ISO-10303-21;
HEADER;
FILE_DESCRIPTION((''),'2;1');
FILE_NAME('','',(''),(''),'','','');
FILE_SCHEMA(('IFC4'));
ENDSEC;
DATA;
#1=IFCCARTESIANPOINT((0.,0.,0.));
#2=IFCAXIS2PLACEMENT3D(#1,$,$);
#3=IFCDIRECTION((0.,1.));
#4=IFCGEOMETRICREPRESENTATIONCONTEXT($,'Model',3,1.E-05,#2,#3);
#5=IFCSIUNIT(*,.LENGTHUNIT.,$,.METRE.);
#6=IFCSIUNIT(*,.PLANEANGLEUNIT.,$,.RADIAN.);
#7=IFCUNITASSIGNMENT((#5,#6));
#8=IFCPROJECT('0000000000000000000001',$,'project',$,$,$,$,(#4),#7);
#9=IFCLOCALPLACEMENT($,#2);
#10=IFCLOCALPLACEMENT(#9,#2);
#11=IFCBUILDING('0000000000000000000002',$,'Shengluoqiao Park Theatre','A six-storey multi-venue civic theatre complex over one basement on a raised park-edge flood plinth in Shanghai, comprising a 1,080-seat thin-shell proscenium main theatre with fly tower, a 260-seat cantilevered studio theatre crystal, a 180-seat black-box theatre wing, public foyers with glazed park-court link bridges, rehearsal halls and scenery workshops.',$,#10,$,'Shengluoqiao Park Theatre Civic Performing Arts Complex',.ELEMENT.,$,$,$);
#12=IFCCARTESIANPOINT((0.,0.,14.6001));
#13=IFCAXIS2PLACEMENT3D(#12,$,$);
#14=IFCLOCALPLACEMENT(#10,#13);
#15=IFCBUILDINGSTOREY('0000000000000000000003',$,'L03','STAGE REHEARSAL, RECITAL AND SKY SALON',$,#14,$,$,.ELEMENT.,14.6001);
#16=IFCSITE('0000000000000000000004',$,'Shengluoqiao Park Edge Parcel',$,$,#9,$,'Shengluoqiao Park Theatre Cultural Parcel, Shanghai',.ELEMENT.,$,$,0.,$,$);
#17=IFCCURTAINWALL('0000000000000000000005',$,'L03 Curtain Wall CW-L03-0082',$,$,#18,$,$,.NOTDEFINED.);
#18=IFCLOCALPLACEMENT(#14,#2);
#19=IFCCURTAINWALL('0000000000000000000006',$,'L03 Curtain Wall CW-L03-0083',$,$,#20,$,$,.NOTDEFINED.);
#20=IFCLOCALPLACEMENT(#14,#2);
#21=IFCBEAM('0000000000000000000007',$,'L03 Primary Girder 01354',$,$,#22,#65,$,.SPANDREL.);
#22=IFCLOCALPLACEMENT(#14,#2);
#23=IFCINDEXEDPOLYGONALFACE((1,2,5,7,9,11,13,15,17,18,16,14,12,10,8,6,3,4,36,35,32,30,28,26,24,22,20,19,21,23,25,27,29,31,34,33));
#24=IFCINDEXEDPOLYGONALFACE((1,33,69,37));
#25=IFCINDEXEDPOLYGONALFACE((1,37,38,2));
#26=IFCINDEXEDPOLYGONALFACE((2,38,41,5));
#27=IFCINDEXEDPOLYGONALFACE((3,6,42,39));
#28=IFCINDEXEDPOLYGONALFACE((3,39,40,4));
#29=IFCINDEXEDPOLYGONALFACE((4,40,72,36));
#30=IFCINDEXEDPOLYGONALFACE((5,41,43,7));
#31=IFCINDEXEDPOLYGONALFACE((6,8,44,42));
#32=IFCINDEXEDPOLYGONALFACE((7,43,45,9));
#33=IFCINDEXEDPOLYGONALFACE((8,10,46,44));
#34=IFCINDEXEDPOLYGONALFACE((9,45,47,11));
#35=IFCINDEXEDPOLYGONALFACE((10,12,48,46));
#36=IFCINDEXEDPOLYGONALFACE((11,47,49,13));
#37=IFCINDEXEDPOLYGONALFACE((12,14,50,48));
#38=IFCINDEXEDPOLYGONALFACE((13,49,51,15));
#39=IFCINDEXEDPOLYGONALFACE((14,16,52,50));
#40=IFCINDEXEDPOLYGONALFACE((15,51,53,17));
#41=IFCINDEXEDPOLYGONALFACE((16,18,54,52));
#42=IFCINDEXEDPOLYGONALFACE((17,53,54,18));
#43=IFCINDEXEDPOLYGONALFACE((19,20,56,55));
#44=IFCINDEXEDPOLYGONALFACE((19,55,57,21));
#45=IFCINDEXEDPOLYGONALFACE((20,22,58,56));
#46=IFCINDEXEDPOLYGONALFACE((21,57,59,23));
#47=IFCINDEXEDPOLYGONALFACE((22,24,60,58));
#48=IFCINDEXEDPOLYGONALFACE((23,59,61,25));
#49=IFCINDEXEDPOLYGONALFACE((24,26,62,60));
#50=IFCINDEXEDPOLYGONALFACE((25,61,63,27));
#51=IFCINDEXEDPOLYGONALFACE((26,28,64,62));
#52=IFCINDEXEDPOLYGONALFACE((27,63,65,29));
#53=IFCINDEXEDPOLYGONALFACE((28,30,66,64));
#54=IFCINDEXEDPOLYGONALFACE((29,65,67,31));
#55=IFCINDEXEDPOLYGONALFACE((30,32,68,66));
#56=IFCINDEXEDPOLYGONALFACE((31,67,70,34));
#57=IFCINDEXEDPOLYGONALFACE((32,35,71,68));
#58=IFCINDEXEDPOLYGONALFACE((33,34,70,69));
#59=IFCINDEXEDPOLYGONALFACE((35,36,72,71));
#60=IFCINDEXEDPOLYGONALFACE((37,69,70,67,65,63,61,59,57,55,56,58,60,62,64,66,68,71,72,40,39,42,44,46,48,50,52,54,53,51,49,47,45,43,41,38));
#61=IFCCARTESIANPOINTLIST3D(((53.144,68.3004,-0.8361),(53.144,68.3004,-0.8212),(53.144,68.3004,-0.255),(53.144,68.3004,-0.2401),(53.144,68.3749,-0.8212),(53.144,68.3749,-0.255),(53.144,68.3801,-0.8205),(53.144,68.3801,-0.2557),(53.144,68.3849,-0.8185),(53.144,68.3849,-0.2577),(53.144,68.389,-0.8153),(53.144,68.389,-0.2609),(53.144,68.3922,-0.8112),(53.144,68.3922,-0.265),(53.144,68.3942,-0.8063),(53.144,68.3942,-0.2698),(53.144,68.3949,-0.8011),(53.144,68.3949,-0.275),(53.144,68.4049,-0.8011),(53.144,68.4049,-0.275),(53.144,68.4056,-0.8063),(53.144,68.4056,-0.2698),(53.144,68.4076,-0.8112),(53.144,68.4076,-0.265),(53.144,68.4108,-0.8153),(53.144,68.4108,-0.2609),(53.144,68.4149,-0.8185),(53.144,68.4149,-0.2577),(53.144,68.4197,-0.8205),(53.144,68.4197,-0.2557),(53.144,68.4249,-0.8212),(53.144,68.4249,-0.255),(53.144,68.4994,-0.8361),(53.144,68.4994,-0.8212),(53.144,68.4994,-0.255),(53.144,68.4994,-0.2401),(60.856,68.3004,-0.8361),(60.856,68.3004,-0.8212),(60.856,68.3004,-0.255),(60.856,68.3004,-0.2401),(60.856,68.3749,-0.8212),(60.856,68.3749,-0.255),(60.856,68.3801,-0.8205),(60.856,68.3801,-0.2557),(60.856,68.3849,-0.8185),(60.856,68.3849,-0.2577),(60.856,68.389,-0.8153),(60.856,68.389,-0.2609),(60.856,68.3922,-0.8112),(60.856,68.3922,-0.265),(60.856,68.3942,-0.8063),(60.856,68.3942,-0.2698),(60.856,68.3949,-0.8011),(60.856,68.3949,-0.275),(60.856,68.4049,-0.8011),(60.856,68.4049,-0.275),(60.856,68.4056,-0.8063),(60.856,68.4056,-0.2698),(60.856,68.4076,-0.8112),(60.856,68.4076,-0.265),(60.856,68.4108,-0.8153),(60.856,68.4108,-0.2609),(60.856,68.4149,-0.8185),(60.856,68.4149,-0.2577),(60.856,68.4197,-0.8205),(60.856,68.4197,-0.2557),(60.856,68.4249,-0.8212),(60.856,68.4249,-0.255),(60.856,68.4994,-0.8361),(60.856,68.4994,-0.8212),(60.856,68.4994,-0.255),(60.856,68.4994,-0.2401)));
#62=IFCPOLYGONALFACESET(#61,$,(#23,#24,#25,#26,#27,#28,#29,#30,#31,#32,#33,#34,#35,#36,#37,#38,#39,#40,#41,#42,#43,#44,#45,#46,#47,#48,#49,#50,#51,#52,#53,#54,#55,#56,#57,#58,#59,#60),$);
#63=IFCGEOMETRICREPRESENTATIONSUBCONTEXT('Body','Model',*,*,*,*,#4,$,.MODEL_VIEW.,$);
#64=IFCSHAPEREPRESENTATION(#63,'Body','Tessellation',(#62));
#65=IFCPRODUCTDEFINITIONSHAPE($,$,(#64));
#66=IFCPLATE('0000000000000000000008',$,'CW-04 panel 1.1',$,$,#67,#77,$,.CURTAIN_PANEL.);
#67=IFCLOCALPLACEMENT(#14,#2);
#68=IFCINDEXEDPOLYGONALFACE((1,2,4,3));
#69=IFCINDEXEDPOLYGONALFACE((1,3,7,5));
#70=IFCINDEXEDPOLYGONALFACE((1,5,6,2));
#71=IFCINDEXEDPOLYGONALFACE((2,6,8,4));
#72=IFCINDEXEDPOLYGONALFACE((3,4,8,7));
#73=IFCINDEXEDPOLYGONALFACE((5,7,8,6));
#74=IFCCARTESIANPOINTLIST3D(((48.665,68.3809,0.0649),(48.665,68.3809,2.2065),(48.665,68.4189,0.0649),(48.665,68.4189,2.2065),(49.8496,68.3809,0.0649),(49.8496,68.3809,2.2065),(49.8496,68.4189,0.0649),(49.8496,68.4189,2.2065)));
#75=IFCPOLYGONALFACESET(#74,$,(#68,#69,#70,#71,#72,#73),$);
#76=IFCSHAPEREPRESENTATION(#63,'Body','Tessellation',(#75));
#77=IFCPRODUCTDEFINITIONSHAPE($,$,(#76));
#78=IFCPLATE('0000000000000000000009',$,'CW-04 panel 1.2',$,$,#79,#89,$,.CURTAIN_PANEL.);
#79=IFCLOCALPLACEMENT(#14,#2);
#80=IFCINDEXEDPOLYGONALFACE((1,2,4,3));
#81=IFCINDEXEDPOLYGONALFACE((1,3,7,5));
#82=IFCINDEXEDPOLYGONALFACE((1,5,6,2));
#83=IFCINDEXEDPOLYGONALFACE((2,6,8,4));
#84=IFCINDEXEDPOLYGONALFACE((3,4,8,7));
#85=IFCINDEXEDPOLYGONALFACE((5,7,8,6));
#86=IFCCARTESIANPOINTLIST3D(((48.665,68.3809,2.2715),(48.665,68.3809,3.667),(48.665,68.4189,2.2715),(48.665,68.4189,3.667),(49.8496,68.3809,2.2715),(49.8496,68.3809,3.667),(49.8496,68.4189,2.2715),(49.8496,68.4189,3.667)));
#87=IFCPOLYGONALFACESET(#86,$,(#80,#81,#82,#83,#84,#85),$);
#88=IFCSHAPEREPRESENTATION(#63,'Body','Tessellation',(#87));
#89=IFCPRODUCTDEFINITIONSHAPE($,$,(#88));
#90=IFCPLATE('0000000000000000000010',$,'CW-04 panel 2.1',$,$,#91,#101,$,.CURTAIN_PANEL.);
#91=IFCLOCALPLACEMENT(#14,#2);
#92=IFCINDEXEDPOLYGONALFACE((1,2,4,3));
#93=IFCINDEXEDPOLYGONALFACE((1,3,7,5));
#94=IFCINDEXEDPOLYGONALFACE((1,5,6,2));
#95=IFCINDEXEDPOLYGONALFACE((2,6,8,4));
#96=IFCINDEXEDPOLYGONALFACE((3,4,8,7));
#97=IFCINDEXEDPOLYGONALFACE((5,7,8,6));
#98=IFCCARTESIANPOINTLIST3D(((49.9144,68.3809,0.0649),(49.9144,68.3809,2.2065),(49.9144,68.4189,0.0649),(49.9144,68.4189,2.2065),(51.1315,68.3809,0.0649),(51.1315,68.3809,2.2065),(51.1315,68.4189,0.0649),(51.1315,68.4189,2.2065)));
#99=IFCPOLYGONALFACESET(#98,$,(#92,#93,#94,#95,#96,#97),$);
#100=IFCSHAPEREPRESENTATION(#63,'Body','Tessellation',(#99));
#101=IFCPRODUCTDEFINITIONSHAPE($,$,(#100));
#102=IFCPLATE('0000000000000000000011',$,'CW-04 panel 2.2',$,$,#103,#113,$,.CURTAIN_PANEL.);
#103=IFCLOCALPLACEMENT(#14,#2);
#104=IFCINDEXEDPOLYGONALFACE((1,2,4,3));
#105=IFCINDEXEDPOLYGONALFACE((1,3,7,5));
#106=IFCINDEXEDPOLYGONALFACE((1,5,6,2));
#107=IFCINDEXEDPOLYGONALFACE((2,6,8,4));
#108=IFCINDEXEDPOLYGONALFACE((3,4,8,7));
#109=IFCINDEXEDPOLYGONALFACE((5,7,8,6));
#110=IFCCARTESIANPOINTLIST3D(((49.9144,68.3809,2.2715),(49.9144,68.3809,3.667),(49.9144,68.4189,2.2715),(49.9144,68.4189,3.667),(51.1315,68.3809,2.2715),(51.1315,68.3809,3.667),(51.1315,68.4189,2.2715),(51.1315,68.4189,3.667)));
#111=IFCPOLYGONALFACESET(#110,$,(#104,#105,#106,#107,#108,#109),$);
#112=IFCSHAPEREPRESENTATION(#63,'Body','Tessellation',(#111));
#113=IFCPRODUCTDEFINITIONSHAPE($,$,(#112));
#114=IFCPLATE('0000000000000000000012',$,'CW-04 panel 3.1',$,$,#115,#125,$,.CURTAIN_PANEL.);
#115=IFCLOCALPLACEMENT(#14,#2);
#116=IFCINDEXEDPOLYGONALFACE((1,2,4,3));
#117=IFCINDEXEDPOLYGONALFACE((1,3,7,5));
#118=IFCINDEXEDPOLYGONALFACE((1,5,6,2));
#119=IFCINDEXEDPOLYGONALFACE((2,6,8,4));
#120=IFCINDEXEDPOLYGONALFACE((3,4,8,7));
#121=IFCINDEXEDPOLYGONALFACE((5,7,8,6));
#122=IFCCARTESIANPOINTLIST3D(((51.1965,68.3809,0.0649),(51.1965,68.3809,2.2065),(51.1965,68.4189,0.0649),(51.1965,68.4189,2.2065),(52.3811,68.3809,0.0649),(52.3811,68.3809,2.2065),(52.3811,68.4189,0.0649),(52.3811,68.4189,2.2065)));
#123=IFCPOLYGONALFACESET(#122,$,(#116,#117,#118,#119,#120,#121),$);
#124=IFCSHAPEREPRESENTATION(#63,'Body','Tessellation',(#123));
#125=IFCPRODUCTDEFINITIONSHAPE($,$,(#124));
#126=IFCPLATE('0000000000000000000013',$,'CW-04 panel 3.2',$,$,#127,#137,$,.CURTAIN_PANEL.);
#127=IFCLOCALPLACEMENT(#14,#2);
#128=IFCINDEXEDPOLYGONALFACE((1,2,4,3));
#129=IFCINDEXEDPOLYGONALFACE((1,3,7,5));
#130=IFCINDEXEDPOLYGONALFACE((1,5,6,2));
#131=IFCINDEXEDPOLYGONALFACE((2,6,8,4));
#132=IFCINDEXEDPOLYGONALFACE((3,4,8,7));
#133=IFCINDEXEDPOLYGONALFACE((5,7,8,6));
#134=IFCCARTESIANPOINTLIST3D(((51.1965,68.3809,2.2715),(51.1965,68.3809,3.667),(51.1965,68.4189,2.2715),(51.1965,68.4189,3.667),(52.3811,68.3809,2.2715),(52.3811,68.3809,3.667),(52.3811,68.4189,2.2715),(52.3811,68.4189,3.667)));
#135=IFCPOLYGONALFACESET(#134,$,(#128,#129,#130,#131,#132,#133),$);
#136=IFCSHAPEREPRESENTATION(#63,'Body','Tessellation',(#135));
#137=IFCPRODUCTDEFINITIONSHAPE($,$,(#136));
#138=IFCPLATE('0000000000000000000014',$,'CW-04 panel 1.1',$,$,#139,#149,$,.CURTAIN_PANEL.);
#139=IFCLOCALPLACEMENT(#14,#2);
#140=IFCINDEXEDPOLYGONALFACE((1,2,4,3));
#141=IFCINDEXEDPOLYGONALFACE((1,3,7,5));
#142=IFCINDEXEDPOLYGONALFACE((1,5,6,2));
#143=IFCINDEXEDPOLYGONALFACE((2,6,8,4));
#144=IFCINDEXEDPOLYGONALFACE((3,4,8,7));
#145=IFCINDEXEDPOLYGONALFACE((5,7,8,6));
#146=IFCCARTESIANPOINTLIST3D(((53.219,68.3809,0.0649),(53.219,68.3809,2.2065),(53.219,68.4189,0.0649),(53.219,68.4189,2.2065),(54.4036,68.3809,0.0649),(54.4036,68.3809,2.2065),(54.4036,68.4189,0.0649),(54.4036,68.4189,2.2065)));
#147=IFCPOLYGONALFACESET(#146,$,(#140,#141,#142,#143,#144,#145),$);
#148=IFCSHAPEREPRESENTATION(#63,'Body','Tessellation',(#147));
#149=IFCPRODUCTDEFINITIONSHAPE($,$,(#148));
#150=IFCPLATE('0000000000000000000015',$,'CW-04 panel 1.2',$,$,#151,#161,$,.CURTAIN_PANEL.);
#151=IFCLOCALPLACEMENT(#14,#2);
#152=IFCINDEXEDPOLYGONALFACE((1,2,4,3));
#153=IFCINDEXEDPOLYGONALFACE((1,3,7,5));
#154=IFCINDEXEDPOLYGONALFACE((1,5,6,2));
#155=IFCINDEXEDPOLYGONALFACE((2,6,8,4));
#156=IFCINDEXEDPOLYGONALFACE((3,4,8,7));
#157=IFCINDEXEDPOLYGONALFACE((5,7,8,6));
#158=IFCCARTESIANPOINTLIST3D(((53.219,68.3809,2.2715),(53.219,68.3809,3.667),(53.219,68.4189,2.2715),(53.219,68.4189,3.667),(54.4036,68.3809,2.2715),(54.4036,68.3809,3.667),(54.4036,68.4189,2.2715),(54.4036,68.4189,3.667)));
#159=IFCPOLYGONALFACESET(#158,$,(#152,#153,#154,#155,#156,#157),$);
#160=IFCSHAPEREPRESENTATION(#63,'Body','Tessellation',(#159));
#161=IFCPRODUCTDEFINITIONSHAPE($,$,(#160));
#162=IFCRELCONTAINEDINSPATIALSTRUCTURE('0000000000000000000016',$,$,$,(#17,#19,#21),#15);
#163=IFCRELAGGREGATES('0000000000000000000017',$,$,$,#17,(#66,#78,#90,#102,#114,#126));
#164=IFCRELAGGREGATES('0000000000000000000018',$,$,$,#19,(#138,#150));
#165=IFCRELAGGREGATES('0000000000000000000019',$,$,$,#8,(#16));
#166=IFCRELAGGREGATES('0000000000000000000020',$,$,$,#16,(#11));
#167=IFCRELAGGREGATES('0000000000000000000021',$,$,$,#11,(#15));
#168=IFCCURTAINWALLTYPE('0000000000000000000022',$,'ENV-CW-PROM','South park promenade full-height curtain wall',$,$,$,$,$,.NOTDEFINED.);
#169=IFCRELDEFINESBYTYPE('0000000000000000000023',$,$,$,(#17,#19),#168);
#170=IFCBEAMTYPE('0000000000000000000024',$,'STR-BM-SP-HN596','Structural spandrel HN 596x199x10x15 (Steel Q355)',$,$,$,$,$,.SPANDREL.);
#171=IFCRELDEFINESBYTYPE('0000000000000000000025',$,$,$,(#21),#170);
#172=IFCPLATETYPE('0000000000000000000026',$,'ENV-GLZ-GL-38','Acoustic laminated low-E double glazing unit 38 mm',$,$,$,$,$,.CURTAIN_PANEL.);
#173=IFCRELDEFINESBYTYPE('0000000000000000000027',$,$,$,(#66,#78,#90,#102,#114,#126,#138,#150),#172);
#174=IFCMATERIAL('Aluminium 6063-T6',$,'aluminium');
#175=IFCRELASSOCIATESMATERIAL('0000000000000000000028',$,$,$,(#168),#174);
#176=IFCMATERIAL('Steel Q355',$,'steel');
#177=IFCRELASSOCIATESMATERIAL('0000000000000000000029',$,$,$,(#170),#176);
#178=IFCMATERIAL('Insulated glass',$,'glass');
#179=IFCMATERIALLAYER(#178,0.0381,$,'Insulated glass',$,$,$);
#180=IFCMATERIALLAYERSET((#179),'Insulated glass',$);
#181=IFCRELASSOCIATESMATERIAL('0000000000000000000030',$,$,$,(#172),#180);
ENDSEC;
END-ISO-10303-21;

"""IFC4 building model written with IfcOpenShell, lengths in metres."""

from ifc_helpers import new_model, si_unit, direction, frame, origin, origin_2d, place, context, subcontext, project, spatial, rectangle, i_section, extrude, material, layer, layer_set, material_profile, profile_set, type_object, element, aggregate, save


model = new_model("IFC4")

# Units and contexts
model_context = context("Model", 3, precision=1e-05, world=origin(), true_north=direction((0.0, 1.0)))
body_context = subcontext(model_context, "Body", "Model", "MODEL_VIEW")
ifc_project = project(units=[si_unit("LENGTHUNIT", "METRE"), si_unit("PLANEANGLEUNIT", "RADIAN")], contexts=[model_context])

# Site, building, storey
site_placement = place(None, origin())
site = spatial("IfcSite", under=ifc_project, at=site_placement, Name="Shengluoqiao Park Edge Parcel", LongName="Shengluoqiao Park Theatre Cultural Parcel, Shanghai", CompositionType="ELEMENT", RefElevation=0.0)
building_placement = place(site_placement, origin())
building = spatial("IfcBuilding", under=site, at=building_placement, Name="Shengluoqiao Park Theatre", Description="A six-storey multi-venue civic theatre complex over one basement on a raised park-edge flood plinth in Shanghai, comprising a 1,080-seat thin-shell proscenium main theatre with fly tower, a 260-seat cantilevered studio theatre crystal, a 180-seat black-box theatre wing, public foyers with glazed park-court link bridges, rehearsal halls and scenery workshops.", LongName="Shengluoqiao Park Theatre Civic Performing Arts Complex", CompositionType="ELEMENT")
storey_placement = place(building_placement, frame((0.0, 0.0, 14.6001)))
storey = spatial("IfcBuildingStorey", under=building, at=storey_placement, Name="L03", Description="STAGE REHEARSAL, RECITAL AND SKY SALON", CompositionType="ELEMENT", Elevation=14.6001)

# Curtain walls
ifc_material_1 = material(Name="Aluminium 6063-T6", Category="aluminium")
curtain_wall_type = type_object("IfcCurtainWallType", Name="ENV-CW-PROM", Description="South park promenade full-height curtain wall", PredefinedType="NOTDEFINED", material=ifc_material_1)
curtain_wall_1_placement = place(storey_placement, origin())
curtain_wall_1 = element("IfcCurtainWall", 1, at=curtain_wall_1_placement, inside=storey, type_object=curtain_wall_type, Name="L03 Curtain Wall CW-L03-0082", PredefinedType="NOTDEFINED")
curtain_wall_2_placement = place(storey_placement, origin())
curtain_wall_2 = element("IfcCurtainWall", 2, at=curtain_wall_2_placement, inside=storey, type_object=curtain_wall_type, Name="L03 Curtain Wall CW-L03-0083", PredefinedType="NOTDEFINED")

# Beam
ifc_material_2 = material(Name="Steel Q355", Category="steel")
ifc_material_profile_1 = material_profile(ifc_material_2, i_section(OverallWidth=0.199, OverallDepth=0.5959, WebThickness=0.01, FlangeThickness=0.0149, FilletRadius=0.02, at=origin_2d()), Name="HN 596x199x10x15")
ifc_profile_set_1 = profile_set([ifc_material_profile_1], Name="Steel Q355")
beam_type_1 = type_object("IfcBeamType", Name="STR-BM-SP-HN596", Description="Structural spandrel HN 596x199x10x15 (Steel Q355)", PredefinedType="SPANDREL", material=ifc_profile_set_1)
beam_1_placement = place(storey_placement, frame((53.144, 68.3999, -0.5381), z_axis=(1.0, 0.0, 0.0), x_axis=(0.0, 1.0, 0.0)))
element("IfcBeam", 3, at=beam_1_placement, inside=storey, type_object=beam_type_1, Name="L03 Primary Girder 01354", PredefinedType="SPANDREL", context=body_context, shape_type="SweptSolid", body=[
    extrude(i_section(OverallWidth=0.199, OverallDepth=0.5959, WebThickness=0.01, FlangeThickness=0.0149, FilletRadius=0.02, at=origin_2d()), origin(), (0.0, 0.0, 1.0), 7.7119),
])

# Plates
ifc_material_3 = material(Name="Insulated glass", Category="glass")
ifc_layer = layer(ifc_material_3, 0.0381, Name="Insulated glass")
ifc_layer_set = layer_set([ifc_layer], Name="Insulated glass")
plate_type = type_object("IfcPlateType", Name="ENV-GLZ-GL-38", Description="Acoustic laminated low-E double glazing unit 38 mm", PredefinedType="CURTAIN_PANEL", material=ifc_layer_set)
plate_1_placement = place(storey_placement, frame((49.2573, 68.3999, 0.0649), z_axis=(0.0, 0.0, 1.0), x_axis=(1.0, 0.0, 0.0)))
plate_1 = element("IfcPlate", 4, at=plate_1_placement, type_object=plate_type, Name="CW-04 panel 1.1", PredefinedType="CURTAIN_PANEL", context=body_context, shape_type="SweptSolid", body=[
    extrude(rectangle(XDim=1.1846, YDim=0.0381, at=origin_2d()), origin(), (0.0, 0.0, 1.0), 2.1416),
])
plate_2_placement = place(storey_placement, frame((49.2573, 68.3999, 2.2715), z_axis=(0.0, 0.0, 1.0), x_axis=(1.0, 0.0, 0.0)))
plate_2 = element("IfcPlate", 5, at=plate_2_placement, type_object=plate_type, Name="CW-04 panel 1.2", PredefinedType="CURTAIN_PANEL", context=body_context, shape_type="SweptSolid", body=[
    extrude(rectangle(XDim=1.1846, YDim=0.0381, at=origin_2d()), origin(), (0.0, 0.0, 1.0), 1.3955),
])
plate_3_placement = place(storey_placement, frame((50.5229, 68.3999, 0.0649), z_axis=(0.0, 0.0, 1.0), x_axis=(1.0, 0.0, 0.0)))
plate_3 = element("IfcPlate", 6, at=plate_3_placement, type_object=plate_type, Name="CW-04 panel 2.1", PredefinedType="CURTAIN_PANEL", context=body_context, shape_type="SweptSolid", body=[
    extrude(rectangle(XDim=1.217, YDim=0.0381, at=origin_2d()), origin(), (0.0, 0.0, 1.0), 2.1416),
])
plate_4_placement = place(storey_placement, frame((50.5229, 68.3999, 2.2715), z_axis=(0.0, 0.0, 1.0), x_axis=(1.0, 0.0, 0.0)))
plate_4 = element("IfcPlate", 7, at=plate_4_placement, type_object=plate_type, Name="CW-04 panel 2.2", PredefinedType="CURTAIN_PANEL", context=body_context, shape_type="SweptSolid", body=[
    extrude(rectangle(XDim=1.217, YDim=0.0381, at=origin_2d()), origin(), (0.0, 0.0, 1.0), 1.3955),
])
plate_5_placement = place(storey_placement, frame((51.7888, 68.3999, 0.0649), z_axis=(0.0, 0.0, 1.0), x_axis=(1.0, 0.0, 0.0)))
plate_5 = element("IfcPlate", 8, at=plate_5_placement, type_object=plate_type, Name="CW-04 panel 3.1", PredefinedType="CURTAIN_PANEL", context=body_context, shape_type="SweptSolid", body=[
    extrude(rectangle(XDim=1.1846, YDim=0.0381, at=origin_2d()), origin(), (0.0, 0.0, 1.0), 2.1416),
])
plate_6_placement = place(storey_placement, frame((51.7888, 68.3999, 2.2715), z_axis=(0.0, 0.0, 1.0), x_axis=(1.0, 0.0, 0.0)))
plate_6 = element("IfcPlate", 9, at=plate_6_placement, type_object=plate_type, Name="CW-04 panel 3.2", PredefinedType="CURTAIN_PANEL", context=body_context, shape_type="SweptSolid", body=[
    extrude(rectangle(XDim=1.1846, YDim=0.0381, at=origin_2d()), origin(), (0.0, 0.0, 1.0), 1.3955),
])
aggregate(curtain_wall_1, [plate_1, plate_2, plate_3, plate_4, plate_5, plate_6])
plate_7_placement = place(storey_placement, frame((53.8113, 68.3999, 0.0649), z_axis=(0.0, 0.0, 1.0), x_axis=(1.0, 0.0, 0.0)))
plate_7 = element("IfcPlate", 10, at=plate_7_placement, type_object=plate_type, Name="CW-04 panel 1.1", PredefinedType="CURTAIN_PANEL", context=body_context, shape_type="SweptSolid", body=[
    extrude(rectangle(XDim=1.1846, YDim=0.0381, at=origin_2d()), origin(), (0.0, 0.0, 1.0), 2.1416),
])
plate_8_placement = place(storey_placement, frame((53.8113, 68.3999, 2.2715), z_axis=(0.0, 0.0, 1.0), x_axis=(1.0, 0.0, 0.0)))
plate_8 = element("IfcPlate", 11, at=plate_8_placement, type_object=plate_type, Name="CW-04 panel 1.2", PredefinedType="CURTAIN_PANEL", context=body_context, shape_type="SweptSolid", body=[
    extrude(rectangle(XDim=1.1846, YDim=0.0381, at=origin_2d()), origin(), (0.0, 0.0, 1.0), 1.3955),
])
aggregate(curtain_wall_2, [plate_7, plate_8])

save(model, "model.ifc")
